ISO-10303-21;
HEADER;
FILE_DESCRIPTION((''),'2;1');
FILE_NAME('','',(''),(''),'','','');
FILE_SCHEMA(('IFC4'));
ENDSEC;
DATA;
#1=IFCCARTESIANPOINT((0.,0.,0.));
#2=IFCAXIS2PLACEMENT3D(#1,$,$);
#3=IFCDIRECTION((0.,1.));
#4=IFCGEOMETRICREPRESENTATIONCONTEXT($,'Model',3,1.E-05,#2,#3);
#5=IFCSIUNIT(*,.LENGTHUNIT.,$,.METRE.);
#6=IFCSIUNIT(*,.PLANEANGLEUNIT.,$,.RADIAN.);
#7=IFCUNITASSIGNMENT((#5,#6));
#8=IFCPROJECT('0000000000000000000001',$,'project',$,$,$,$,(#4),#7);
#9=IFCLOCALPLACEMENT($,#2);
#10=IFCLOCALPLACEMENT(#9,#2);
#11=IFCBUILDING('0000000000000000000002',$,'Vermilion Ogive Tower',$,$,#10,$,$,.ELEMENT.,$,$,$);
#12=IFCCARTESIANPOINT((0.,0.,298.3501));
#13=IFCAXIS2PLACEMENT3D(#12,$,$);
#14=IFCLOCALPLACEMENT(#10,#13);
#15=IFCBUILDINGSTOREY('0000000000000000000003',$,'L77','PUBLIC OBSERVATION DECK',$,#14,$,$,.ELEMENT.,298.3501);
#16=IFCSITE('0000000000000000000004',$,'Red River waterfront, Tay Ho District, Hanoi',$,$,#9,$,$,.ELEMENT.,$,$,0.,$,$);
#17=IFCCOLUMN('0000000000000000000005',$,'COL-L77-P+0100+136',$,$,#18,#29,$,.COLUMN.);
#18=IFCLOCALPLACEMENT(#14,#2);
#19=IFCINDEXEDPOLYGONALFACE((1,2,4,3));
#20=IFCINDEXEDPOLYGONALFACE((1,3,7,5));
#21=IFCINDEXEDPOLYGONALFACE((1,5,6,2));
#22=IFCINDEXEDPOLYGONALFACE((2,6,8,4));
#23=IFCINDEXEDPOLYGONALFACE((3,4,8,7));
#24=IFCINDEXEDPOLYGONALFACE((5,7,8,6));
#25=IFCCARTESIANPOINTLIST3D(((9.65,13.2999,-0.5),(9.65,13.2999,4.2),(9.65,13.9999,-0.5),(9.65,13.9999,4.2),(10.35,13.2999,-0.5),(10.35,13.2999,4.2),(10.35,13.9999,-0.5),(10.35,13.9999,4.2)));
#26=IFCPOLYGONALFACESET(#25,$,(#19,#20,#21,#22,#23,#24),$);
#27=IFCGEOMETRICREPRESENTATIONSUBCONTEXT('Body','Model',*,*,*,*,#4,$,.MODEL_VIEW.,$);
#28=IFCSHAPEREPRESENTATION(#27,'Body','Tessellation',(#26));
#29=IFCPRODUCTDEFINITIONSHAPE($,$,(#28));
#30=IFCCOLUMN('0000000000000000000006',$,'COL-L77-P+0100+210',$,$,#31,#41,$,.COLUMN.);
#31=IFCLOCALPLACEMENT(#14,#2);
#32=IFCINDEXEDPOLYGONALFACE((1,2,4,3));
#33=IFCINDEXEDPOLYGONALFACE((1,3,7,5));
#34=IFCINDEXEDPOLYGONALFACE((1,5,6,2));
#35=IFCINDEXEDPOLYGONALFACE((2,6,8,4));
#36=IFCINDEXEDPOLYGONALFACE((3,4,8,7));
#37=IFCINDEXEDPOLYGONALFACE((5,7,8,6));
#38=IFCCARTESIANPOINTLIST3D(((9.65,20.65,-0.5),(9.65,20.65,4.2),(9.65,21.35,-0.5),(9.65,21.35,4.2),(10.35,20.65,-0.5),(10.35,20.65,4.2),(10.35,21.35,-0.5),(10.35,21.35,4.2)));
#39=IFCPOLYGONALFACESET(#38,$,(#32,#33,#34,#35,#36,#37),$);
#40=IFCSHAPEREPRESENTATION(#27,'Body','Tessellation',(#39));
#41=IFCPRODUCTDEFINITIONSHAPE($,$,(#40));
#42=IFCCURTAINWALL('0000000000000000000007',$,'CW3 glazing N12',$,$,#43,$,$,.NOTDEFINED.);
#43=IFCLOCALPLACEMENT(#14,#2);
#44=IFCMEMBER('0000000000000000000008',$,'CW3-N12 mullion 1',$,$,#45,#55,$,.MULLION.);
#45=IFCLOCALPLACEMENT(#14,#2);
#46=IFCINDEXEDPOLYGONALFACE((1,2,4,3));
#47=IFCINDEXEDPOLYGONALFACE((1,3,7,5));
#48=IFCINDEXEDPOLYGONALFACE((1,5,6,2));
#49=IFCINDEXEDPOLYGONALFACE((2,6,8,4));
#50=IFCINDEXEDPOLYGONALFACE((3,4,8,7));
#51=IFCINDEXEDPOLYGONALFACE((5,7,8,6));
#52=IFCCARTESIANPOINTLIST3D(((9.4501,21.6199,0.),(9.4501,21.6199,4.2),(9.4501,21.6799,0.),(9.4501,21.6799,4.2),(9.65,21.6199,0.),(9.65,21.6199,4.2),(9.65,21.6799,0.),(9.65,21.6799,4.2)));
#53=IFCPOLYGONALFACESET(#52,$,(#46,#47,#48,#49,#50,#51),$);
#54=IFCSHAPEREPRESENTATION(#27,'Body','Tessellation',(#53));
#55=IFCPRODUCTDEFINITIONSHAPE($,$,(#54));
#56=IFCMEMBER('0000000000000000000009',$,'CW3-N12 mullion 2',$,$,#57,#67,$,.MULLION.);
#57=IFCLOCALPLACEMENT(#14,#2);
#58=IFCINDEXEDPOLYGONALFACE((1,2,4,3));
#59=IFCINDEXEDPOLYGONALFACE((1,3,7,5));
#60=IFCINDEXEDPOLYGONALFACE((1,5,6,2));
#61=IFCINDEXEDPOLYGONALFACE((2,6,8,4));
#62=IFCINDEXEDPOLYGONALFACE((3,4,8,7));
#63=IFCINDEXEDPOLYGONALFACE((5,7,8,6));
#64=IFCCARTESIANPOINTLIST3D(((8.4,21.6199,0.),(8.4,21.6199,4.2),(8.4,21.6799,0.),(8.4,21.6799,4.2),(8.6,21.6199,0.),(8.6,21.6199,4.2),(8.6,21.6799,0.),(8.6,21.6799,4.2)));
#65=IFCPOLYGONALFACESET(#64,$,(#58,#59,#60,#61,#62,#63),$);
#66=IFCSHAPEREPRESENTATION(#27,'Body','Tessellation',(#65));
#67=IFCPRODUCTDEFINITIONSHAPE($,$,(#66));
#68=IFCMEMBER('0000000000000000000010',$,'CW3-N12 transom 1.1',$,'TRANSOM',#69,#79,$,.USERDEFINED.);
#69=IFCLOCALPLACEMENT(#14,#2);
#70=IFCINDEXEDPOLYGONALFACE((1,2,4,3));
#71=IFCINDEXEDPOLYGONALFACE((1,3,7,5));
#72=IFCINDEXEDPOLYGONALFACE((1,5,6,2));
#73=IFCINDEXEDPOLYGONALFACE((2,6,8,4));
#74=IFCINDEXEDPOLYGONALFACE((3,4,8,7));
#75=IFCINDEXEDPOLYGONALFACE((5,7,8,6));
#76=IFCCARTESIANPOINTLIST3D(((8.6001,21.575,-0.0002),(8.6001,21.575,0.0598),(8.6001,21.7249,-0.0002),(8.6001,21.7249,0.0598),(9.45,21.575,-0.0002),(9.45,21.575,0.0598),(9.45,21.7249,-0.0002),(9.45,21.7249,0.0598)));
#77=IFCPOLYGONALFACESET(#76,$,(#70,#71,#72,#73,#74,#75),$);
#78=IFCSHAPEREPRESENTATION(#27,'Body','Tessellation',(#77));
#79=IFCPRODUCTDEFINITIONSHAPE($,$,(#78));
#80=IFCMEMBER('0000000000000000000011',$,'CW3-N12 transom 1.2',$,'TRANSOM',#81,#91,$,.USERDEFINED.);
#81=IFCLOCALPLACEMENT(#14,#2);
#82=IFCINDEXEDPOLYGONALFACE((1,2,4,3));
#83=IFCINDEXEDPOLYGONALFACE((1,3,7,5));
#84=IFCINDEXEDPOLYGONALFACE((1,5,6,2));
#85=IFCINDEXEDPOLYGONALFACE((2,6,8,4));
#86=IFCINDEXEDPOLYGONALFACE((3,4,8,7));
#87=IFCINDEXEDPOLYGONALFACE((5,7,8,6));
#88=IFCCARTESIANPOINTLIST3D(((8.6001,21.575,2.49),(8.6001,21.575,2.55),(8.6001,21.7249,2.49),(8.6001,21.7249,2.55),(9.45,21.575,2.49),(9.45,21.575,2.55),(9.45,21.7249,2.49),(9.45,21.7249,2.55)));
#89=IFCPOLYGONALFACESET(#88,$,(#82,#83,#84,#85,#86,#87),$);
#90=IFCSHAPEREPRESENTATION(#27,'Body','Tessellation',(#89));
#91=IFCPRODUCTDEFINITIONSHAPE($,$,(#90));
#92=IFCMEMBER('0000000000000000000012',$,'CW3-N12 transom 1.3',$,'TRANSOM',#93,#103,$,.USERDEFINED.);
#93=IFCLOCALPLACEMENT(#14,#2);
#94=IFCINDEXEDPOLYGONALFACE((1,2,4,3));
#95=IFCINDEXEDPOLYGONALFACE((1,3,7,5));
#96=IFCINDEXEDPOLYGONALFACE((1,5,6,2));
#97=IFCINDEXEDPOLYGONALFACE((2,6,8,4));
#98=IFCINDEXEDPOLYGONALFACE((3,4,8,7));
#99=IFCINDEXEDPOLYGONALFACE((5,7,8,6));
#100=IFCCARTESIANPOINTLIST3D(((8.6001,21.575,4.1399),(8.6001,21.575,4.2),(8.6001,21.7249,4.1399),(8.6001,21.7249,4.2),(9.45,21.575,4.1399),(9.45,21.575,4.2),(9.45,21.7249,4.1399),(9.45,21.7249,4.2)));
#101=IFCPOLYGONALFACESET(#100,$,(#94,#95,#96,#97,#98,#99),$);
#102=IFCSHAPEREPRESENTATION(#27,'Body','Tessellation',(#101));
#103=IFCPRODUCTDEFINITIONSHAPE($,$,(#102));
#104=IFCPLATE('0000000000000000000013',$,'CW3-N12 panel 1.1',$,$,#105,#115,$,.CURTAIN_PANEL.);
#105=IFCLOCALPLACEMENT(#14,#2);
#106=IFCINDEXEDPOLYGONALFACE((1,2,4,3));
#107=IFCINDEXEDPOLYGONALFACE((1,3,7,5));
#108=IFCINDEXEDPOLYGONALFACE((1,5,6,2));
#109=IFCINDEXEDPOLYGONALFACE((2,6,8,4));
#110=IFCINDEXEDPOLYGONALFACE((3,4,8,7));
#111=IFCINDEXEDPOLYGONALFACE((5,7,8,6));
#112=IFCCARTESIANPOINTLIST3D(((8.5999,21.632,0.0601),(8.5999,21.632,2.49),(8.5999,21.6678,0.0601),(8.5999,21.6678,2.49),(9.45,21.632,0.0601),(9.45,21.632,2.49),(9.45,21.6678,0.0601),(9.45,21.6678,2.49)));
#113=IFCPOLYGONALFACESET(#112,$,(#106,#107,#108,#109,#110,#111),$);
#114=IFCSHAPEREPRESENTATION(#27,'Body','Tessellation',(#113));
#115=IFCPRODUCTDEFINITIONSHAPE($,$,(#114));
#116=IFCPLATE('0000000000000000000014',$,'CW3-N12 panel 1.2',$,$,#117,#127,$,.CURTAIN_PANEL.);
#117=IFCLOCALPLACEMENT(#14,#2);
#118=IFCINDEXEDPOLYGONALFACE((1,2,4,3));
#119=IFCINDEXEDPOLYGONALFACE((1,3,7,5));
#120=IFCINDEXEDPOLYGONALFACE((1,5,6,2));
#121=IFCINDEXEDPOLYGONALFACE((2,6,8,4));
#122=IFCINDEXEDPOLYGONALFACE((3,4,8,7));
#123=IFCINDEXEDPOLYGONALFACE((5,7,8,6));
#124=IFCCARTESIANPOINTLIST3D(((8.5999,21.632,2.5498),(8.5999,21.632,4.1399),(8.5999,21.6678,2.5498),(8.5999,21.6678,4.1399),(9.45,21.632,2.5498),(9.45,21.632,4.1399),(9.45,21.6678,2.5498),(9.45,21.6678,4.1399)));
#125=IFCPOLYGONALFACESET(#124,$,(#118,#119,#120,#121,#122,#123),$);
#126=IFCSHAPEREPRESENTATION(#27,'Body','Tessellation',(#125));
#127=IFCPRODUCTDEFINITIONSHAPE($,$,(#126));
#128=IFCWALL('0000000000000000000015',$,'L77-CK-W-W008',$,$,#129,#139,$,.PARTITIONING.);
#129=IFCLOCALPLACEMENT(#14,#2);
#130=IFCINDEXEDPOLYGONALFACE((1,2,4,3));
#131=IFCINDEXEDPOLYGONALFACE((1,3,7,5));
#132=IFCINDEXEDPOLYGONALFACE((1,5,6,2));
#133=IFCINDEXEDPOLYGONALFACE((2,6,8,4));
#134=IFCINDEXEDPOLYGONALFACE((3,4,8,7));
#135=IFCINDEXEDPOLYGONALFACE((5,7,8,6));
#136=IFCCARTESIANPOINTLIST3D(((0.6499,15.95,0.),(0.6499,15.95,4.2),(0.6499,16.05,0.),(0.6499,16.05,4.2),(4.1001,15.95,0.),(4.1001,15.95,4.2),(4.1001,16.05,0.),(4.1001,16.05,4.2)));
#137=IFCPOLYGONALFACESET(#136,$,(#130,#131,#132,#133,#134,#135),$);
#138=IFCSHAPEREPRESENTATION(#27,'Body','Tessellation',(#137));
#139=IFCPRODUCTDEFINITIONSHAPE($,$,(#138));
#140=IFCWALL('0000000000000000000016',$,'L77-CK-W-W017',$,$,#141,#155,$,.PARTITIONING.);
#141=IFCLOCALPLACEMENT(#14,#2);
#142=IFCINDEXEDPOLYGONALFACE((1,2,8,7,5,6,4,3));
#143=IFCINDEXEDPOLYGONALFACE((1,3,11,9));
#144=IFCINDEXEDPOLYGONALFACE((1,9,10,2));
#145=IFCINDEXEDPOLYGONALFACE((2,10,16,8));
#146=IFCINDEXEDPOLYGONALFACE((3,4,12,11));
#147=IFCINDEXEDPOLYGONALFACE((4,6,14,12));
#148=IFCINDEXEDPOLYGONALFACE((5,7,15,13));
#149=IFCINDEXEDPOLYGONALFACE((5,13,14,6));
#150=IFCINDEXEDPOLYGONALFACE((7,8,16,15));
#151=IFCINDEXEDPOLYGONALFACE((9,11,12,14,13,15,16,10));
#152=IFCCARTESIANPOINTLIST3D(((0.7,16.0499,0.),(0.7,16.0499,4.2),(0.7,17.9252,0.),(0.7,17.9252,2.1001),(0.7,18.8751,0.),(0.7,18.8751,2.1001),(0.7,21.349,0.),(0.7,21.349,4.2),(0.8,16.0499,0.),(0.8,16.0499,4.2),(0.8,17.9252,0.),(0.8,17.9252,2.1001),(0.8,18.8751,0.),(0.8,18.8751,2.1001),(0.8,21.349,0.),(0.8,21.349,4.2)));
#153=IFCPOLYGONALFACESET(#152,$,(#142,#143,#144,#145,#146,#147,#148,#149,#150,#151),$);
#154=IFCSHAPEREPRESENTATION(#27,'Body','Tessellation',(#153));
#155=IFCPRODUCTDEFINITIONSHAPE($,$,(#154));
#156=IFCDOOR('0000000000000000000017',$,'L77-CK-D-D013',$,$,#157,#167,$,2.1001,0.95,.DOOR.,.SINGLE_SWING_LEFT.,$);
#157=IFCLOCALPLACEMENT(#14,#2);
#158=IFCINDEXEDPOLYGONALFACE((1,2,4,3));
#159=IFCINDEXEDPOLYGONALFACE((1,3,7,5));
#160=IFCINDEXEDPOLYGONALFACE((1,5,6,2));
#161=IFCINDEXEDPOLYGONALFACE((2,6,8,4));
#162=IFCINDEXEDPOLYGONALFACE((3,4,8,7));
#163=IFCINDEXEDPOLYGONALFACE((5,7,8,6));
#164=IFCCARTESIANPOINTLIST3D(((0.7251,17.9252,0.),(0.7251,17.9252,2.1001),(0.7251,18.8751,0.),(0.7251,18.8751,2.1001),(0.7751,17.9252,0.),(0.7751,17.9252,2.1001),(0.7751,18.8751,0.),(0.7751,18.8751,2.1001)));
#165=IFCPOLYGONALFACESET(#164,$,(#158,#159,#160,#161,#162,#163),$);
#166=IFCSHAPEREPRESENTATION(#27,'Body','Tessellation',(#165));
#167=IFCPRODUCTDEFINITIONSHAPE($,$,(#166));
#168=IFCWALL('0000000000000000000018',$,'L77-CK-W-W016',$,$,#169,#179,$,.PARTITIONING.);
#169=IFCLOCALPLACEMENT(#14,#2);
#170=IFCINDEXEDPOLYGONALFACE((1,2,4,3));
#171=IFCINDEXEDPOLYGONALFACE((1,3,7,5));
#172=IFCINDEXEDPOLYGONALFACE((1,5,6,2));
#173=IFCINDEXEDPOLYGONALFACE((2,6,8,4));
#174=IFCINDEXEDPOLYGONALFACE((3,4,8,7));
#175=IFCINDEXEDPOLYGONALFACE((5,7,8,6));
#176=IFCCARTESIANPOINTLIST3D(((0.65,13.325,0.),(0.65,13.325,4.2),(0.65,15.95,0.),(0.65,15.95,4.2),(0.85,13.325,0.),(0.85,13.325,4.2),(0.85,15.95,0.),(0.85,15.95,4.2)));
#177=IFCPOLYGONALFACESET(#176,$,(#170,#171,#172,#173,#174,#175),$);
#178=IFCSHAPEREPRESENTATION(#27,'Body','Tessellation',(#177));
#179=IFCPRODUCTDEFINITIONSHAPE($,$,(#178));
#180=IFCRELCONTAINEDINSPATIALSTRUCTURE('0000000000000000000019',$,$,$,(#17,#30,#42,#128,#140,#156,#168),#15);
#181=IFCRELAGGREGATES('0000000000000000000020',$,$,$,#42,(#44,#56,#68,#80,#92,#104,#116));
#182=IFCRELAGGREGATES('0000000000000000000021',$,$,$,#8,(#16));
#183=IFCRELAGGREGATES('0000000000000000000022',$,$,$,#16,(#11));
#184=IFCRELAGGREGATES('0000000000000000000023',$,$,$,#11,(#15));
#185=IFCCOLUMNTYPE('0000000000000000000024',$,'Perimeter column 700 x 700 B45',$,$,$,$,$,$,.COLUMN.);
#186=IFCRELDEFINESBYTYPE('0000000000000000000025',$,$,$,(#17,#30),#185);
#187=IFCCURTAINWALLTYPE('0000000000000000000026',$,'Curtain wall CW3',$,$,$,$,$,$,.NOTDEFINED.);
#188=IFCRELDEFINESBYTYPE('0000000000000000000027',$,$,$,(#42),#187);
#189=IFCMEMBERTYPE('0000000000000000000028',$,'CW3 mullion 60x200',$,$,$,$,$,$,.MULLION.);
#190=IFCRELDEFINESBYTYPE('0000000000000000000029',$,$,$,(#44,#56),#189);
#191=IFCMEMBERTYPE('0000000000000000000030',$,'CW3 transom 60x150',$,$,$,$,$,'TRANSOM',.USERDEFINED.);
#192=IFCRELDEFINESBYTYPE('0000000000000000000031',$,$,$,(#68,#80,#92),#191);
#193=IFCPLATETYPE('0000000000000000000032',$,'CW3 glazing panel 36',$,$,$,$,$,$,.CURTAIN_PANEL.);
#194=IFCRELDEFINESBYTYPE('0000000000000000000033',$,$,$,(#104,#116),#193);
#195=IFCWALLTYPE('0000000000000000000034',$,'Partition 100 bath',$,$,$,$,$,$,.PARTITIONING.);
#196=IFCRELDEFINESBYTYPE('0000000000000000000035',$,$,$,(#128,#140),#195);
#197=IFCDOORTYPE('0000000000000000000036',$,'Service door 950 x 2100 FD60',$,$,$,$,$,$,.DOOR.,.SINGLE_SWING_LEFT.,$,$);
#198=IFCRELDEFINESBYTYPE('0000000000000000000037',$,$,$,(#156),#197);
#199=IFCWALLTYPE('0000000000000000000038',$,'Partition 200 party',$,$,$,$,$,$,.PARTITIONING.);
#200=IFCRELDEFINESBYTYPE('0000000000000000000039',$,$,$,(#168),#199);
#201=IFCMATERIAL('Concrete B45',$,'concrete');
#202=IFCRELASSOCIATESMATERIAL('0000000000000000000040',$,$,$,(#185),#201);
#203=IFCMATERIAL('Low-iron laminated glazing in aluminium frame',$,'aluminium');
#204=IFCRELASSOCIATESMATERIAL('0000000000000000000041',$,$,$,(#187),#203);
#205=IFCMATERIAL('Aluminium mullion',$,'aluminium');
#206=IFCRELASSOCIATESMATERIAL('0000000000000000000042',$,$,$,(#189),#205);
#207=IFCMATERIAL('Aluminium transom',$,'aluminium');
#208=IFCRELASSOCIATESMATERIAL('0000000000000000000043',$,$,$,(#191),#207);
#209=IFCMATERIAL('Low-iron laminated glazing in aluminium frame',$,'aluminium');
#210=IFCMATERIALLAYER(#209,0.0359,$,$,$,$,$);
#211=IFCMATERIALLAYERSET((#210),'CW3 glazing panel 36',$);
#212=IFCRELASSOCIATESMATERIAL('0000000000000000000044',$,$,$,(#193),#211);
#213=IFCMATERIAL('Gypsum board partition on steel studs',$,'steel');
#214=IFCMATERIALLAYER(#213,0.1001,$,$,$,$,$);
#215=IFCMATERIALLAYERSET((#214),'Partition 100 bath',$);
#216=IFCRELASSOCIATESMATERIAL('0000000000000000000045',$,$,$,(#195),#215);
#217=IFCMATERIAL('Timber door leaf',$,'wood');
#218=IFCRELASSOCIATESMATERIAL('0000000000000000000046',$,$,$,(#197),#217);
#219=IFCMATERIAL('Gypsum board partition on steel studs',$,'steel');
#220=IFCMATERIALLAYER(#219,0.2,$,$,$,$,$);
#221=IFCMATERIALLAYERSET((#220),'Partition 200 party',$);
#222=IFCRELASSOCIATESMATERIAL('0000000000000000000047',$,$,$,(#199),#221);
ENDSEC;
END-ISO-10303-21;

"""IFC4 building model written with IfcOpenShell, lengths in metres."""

from ifc_helpers import new_model, si_unit, direction, frame, frame_2d, origin, origin_2d, place, context, subcontext, project, spatial, rectangle, extrude, material, layer, layer_set, material_profile, profile_set, type_object, element, fill, aggregate, save


model = new_model("IFC4")

# Units and contexts
model_context = context("Model", 3, precision=1e-05, world=origin(), true_north=direction((0.0, 1.0)))
body_context = subcontext(model_context, "Body", "Model", "MODEL_VIEW")
ifc_project = project(units=[si_unit("LENGTHUNIT", "METRE"), si_unit("PLANEANGLEUNIT", "RADIAN")], contexts=[model_context])

# Site, building, storey
site_placement = place(None, origin())
site = spatial("IfcSite", under=ifc_project, at=site_placement, Name="Red River waterfront, Tay Ho District, Hanoi", CompositionType="ELEMENT", RefElevation=0.0)
building_placement = place(site_placement, origin())
building = spatial("IfcBuilding", under=site, at=building_placement, Name="Vermilion Ogive Tower", CompositionType="ELEMENT")
storey_placement = place(building_placement, frame((0.0, 0.0, 298.3501)))
storey = spatial("IfcBuildingStorey", under=building, at=storey_placement, Name="L77", Description="PUBLIC OBSERVATION DECK", CompositionType="ELEMENT", Elevation=298.3501)

# Columns
ifc_material_1 = material(Name="Concrete B45", Category="concrete")
ifc_material_profile_1 = material_profile(ifc_material_1, rectangle(XDim=0.7, YDim=0.7, at=origin_2d()), Name="700 x 700")
ifc_profile_set_1 = profile_set([ifc_material_profile_1], Name="Concrete B45")
column_type = type_object("IfcColumnType", Name="Perimeter column 700 x 700 B45", PredefinedType="COLUMN", material=ifc_profile_set_1)
for number, where, z_axis, x_axis, name in (
    (1, (10.0, 13.6499, -0.5), (0.0, 0.0, 1.0), (1.0, 0.0, 0.0), "COL-L77-P+0100+136"),
    (2, (10.0, 21.0, -0.5), (0.0, 0.0, 1.0), (1.0, 0.0, 0.0), "COL-L77-P+0100+210"),
):
    element("IfcColumn", number, at=place(storey_placement, frame(where, z_axis=z_axis, x_axis=x_axis)), inside=storey, type_object=column_type, Name=name, PredefinedType="COLUMN", context=body_context, shape_type="SweptSolid", body=[
        extrude(rectangle(XDim=0.7, YDim=0.7, at=origin_2d()), origin(), (0.0, 0.0, 1.0), 4.7),
    ])

# Curtain wall, members, plates
ifc_material_2 = material(Name="Low-iron laminated glazing in aluminium frame", Category="aluminium")
curtain_wall_type = type_object("IfcCurtainWallType", Name="Curtain wall CW3", PredefinedType="NOTDEFINED", material=ifc_material_2)
curtain_wall_placement = place(storey_placement, origin())
curtain_wall = element("IfcCurtainWall", 3, at=curtain_wall_placement, inside=storey, type_object=curtain_wall_type, Name="CW3 glazing N12", PredefinedType="NOTDEFINED")
ifc_material_3 = material(Name="Aluminium mullion", Category="aluminium")
ifc_material_profile_2 = material_profile(ifc_material_3, rectangle(XDim=0.0601, YDim=0.2, at=origin_2d()), Name="AL 60x200")
ifc_profile_set_2 = profile_set([ifc_material_profile_2], Name="Aluminium mullion")
member_type_1 = type_object("IfcMemberType", Name="CW3 mullion 60x200", PredefinedType="MULLION", material=ifc_profile_set_2)
member_1_placement = place(storey_placement, frame((9.55, 21.6499, 0.0), z_axis=(0.0, 0.0, 1.0), x_axis=(0.0, -1.0, 0.0)))
member_1 = element("IfcMember", 4, at=member_1_placement, type_object=member_type_1, Name="CW3-N12 mullion 1", PredefinedType="MULLION", context=body_context, shape_type="SweptSolid", body=[
    extrude(rectangle(XDim=0.0601, YDim=0.2, at=origin_2d()), origin(), (0.0, 0.0, 1.0), 4.2),
])
member_2_placement = place(storey_placement, frame((8.5, 21.6499, 0.0), z_axis=(0.0, 0.0, 1.0), x_axis=(0.0, -1.0, 0.0)))
member_2 = element("IfcMember", 5, at=member_2_placement, type_object=member_type_1, Name="CW3-N12 mullion 2", PredefinedType="MULLION", context=body_context, shape_type="SweptSolid", body=[
    extrude(rectangle(XDim=0.0601, YDim=0.2, at=origin_2d()), origin(), (0.0, 0.0, 1.0), 4.2),
])
ifc_material_4 = material(Name="Aluminium transom", Category="aluminium")
ifc_material_profile_3 = material_profile(ifc_material_4, rectangle(XDim=0.1499, YDim=0.0601, at=origin_2d()), Name="AL 60x150")
ifc_profile_set_3 = profile_set([ifc_material_profile_3], Name="Aluminium transom")
member_type_2 = type_object("IfcMemberType", Name="CW3 transom 60x150", ElementType="TRANSOM", PredefinedType="USERDEFINED", material=ifc_profile_set_3)
member_3_placement = place(storey_placement, frame((9.45, 21.6499, 0.0298), z_axis=(-1.0, 0.0, 0.0), x_axis=(0.0, -1.0, 0.0)))
member_3 = element("IfcMember", 6, at=member_3_placement, type_object=member_type_2, Name="CW3-N12 transom 1.1", ObjectType="TRANSOM", PredefinedType="USERDEFINED", context=body_context, shape_type="SweptSolid", body=[
    extrude(rectangle(XDim=0.1499, YDim=0.0601, at=origin_2d()), origin(), (0.0, 0.0, 1.0), 0.8499),
])
member_4_placement = place(storey_placement, frame((9.45, 21.6499, 2.52), z_axis=(-1.0, 0.0, 0.0), x_axis=(0.0, -1.0, 0.0)))
member_4 = element("IfcMember", 7, at=member_4_placement, type_object=member_type_2, Name="CW3-N12 transom 1.2", ObjectType="TRANSOM", PredefinedType="USERDEFINED", context=body_context, shape_type="SweptSolid", body=[
    extrude(rectangle(XDim=0.1499, YDim=0.0601, at=origin_2d()), origin(), (0.0, 0.0, 1.0), 0.8499),
])
member_5_placement = place(storey_placement, frame((9.45, 21.6499, 4.1699), z_axis=(-1.0, 0.0, 0.0), x_axis=(0.0, -1.0, 0.0)))
member_5 = element("IfcMember", 8, at=member_5_placement, type_object=member_type_2, Name="CW3-N12 transom 1.3", ObjectType="TRANSOM", PredefinedType="USERDEFINED", context=body_context, shape_type="SweptSolid", body=[
    extrude(rectangle(XDim=0.1499, YDim=0.0601, at=origin_2d()), origin(), (0.0, 0.0, 1.0), 0.8499),
])
ifc_material_5 = material(Name="Low-iron laminated glazing in aluminium frame", Category="aluminium")
ifc_layer_1 = layer(ifc_material_5, 0.0359)
ifc_layer_set_1 = layer_set([ifc_layer_1], Name="CW3 glazing panel 36")
plate_type = type_object("IfcPlateType", Name="CW3 glazing panel 36", PredefinedType="CURTAIN_PANEL", material=ifc_layer_set_1)
plate_1_placement = place(storey_placement, frame((9.0249, 21.6499, 0.0601), z_axis=(0.0, 0.0, 1.0), x_axis=(-1.0, 0.0, 0.0)))
plate_1 = element("IfcPlate", 9, at=plate_1_placement, type_object=plate_type, Name="CW3-N12 panel 1.1", PredefinedType="CURTAIN_PANEL", context=body_context, shape_type="SweptSolid", body=[
    extrude(rectangle(XDim=0.8501, YDim=0.0359, at=origin_2d()), origin(), (0.0, 0.0, 1.0), 2.4299),
])
plate_2_placement = place(storey_placement, frame((9.0249, 21.6499, 2.5498), z_axis=(0.0, 0.0, 1.0), x_axis=(-1.0, 0.0, 0.0)))
plate_2 = element("IfcPlate", 10, at=plate_2_placement, type_object=plate_type, Name="CW3-N12 panel 1.2", PredefinedType="CURTAIN_PANEL", context=body_context, shape_type="SweptSolid", body=[
    extrude(rectangle(XDim=0.8501, YDim=0.0359, at=origin_2d()), origin(), (0.0, 0.0, 1.0), 1.5901),
])
aggregate(curtain_wall, [member_1, member_2, member_3, member_4, member_5, plate_1, plate_2])

# Wall
ifc_material_6 = material(Name="Gypsum board partition on steel studs", Category="steel")
ifc_layer_2 = layer(ifc_material_6, 0.1001)
ifc_layer_set_2 = layer_set([ifc_layer_2], Name="Partition 100 bath")
wall_type_1 = type_object("IfcWallType", Name="Partition 100 bath", PredefinedType="PARTITIONING", material=ifc_layer_set_2)
wall_1_placement = place(storey_placement, frame((0.6499, 16.0, 0.0), z_axis=(0.0, 0.0, 1.0), x_axis=(1.0, 0.0, 0.0)))
element("IfcWall", 11, at=wall_1_placement, inside=storey, type_object=wall_type_1, Name="L77-CK-W-W008", PredefinedType="PARTITIONING", context=body_context, shape_type="SweptSolid", body=[
    extrude(rectangle(XDim=3.4502, YDim=0.1001, at=frame_2d((1.7251, 0.0))), origin(), (0.0, 0.0, 1.0), 4.2),
])

# Wall, opening, door
wall_2_placement = place(storey_placement, frame((0.75, 16.05, 0.0), z_axis=(0.0, 0.0, 1.0), x_axis=(0.0, 1.0, 0.0)))
wall_2 = element("IfcWall", 12, at=wall_2_placement, inside=storey, type_object=wall_type_1, Name="L77-CK-W-W017", PredefinedType="PARTITIONING", context=body_context, shape_type="SweptSolid", body=[
    extrude(rectangle(XDim=5.2991, YDim=0.1001, at=frame_2d((2.6494, 0.0))), origin(), (0.0, 0.0, 1.0), 4.2),
])
opening_1_placement = place(wall_2_placement, frame((1.875, 0.0, 0.0)))
opening_1 = element("IfcOpeningElement", 13, at=opening_1_placement, cuts=wall_2, PredefinedType="OPENING", context=body_context, shape_type="SweptSolid", body=[
    extrude(rectangle(XDim=0.95, YDim=2.1001, at=frame_2d((0.4751, 1.05))), frame((0.0, 0.0601, 0.0), z_axis=(0.0, -1.0, 0.0), x_axis=(1.0, 0.0, 0.0)), (0.0, 0.0, 1.0), 0.1201),
])
ifc_material_7 = material(Name="Timber door leaf", Category="wood")
door_type_1 = type_object("IfcDoorType", Name="Service door 950 x 2100 FD60", OperationType="SINGLE_SWING_LEFT", PredefinedType="DOOR", material=ifc_material_7)
door_1_placement = place(opening_1_placement, origin())
door_1 = element("IfcDoor", 14, at=door_1_placement, inside=storey, type_object=door_type_1, Name="L77-CK-D-D013", OperationType="SINGLE_SWING_LEFT", OverallHeight=2.1001, OverallWidth=0.95, PredefinedType="DOOR", context=body_context, shape_type="SweptSolid", body=[
    extrude(rectangle(XDim=0.95, YDim=2.1001, at=frame_2d((0.4751, 1.05))), frame((0.0, 0.0249, 0.0), z_axis=(0.0, -1.0, 0.0), x_axis=(1.0, 0.0, 0.0)), (0.0, 0.0, 1.0), 0.05),
])
fill(opening_1, door_1)

# Wall
ifc_material_8 = material(Name="Gypsum board partition on steel studs", Category="steel")
ifc_layer_3 = layer(ifc_material_8, 0.2)
ifc_layer_set_3 = layer_set([ifc_layer_3], Name="Partition 200 party")
wall_type_2 = type_object("IfcWallType", Name="Partition 200 party", PredefinedType="PARTITIONING", material=ifc_layer_set_3)
wall_3_placement = place(storey_placement, frame((0.75, 13.325, 0.0), z_axis=(0.0, 0.0, 1.0), x_axis=(0.0, 1.0, 0.0)))
element("IfcWall", 15, at=wall_3_placement, inside=storey, type_object=wall_type_2, Name="L77-CK-W-W016", PredefinedType="PARTITIONING", context=body_context, shape_type="SweptSolid", body=[
    extrude(rectangle(XDim=2.625, YDim=0.2, at=frame_2d((1.3125, 0.0))), origin(), (0.0, 0.0, 1.0), 4.2),
])

save(model, "model.ifc")
